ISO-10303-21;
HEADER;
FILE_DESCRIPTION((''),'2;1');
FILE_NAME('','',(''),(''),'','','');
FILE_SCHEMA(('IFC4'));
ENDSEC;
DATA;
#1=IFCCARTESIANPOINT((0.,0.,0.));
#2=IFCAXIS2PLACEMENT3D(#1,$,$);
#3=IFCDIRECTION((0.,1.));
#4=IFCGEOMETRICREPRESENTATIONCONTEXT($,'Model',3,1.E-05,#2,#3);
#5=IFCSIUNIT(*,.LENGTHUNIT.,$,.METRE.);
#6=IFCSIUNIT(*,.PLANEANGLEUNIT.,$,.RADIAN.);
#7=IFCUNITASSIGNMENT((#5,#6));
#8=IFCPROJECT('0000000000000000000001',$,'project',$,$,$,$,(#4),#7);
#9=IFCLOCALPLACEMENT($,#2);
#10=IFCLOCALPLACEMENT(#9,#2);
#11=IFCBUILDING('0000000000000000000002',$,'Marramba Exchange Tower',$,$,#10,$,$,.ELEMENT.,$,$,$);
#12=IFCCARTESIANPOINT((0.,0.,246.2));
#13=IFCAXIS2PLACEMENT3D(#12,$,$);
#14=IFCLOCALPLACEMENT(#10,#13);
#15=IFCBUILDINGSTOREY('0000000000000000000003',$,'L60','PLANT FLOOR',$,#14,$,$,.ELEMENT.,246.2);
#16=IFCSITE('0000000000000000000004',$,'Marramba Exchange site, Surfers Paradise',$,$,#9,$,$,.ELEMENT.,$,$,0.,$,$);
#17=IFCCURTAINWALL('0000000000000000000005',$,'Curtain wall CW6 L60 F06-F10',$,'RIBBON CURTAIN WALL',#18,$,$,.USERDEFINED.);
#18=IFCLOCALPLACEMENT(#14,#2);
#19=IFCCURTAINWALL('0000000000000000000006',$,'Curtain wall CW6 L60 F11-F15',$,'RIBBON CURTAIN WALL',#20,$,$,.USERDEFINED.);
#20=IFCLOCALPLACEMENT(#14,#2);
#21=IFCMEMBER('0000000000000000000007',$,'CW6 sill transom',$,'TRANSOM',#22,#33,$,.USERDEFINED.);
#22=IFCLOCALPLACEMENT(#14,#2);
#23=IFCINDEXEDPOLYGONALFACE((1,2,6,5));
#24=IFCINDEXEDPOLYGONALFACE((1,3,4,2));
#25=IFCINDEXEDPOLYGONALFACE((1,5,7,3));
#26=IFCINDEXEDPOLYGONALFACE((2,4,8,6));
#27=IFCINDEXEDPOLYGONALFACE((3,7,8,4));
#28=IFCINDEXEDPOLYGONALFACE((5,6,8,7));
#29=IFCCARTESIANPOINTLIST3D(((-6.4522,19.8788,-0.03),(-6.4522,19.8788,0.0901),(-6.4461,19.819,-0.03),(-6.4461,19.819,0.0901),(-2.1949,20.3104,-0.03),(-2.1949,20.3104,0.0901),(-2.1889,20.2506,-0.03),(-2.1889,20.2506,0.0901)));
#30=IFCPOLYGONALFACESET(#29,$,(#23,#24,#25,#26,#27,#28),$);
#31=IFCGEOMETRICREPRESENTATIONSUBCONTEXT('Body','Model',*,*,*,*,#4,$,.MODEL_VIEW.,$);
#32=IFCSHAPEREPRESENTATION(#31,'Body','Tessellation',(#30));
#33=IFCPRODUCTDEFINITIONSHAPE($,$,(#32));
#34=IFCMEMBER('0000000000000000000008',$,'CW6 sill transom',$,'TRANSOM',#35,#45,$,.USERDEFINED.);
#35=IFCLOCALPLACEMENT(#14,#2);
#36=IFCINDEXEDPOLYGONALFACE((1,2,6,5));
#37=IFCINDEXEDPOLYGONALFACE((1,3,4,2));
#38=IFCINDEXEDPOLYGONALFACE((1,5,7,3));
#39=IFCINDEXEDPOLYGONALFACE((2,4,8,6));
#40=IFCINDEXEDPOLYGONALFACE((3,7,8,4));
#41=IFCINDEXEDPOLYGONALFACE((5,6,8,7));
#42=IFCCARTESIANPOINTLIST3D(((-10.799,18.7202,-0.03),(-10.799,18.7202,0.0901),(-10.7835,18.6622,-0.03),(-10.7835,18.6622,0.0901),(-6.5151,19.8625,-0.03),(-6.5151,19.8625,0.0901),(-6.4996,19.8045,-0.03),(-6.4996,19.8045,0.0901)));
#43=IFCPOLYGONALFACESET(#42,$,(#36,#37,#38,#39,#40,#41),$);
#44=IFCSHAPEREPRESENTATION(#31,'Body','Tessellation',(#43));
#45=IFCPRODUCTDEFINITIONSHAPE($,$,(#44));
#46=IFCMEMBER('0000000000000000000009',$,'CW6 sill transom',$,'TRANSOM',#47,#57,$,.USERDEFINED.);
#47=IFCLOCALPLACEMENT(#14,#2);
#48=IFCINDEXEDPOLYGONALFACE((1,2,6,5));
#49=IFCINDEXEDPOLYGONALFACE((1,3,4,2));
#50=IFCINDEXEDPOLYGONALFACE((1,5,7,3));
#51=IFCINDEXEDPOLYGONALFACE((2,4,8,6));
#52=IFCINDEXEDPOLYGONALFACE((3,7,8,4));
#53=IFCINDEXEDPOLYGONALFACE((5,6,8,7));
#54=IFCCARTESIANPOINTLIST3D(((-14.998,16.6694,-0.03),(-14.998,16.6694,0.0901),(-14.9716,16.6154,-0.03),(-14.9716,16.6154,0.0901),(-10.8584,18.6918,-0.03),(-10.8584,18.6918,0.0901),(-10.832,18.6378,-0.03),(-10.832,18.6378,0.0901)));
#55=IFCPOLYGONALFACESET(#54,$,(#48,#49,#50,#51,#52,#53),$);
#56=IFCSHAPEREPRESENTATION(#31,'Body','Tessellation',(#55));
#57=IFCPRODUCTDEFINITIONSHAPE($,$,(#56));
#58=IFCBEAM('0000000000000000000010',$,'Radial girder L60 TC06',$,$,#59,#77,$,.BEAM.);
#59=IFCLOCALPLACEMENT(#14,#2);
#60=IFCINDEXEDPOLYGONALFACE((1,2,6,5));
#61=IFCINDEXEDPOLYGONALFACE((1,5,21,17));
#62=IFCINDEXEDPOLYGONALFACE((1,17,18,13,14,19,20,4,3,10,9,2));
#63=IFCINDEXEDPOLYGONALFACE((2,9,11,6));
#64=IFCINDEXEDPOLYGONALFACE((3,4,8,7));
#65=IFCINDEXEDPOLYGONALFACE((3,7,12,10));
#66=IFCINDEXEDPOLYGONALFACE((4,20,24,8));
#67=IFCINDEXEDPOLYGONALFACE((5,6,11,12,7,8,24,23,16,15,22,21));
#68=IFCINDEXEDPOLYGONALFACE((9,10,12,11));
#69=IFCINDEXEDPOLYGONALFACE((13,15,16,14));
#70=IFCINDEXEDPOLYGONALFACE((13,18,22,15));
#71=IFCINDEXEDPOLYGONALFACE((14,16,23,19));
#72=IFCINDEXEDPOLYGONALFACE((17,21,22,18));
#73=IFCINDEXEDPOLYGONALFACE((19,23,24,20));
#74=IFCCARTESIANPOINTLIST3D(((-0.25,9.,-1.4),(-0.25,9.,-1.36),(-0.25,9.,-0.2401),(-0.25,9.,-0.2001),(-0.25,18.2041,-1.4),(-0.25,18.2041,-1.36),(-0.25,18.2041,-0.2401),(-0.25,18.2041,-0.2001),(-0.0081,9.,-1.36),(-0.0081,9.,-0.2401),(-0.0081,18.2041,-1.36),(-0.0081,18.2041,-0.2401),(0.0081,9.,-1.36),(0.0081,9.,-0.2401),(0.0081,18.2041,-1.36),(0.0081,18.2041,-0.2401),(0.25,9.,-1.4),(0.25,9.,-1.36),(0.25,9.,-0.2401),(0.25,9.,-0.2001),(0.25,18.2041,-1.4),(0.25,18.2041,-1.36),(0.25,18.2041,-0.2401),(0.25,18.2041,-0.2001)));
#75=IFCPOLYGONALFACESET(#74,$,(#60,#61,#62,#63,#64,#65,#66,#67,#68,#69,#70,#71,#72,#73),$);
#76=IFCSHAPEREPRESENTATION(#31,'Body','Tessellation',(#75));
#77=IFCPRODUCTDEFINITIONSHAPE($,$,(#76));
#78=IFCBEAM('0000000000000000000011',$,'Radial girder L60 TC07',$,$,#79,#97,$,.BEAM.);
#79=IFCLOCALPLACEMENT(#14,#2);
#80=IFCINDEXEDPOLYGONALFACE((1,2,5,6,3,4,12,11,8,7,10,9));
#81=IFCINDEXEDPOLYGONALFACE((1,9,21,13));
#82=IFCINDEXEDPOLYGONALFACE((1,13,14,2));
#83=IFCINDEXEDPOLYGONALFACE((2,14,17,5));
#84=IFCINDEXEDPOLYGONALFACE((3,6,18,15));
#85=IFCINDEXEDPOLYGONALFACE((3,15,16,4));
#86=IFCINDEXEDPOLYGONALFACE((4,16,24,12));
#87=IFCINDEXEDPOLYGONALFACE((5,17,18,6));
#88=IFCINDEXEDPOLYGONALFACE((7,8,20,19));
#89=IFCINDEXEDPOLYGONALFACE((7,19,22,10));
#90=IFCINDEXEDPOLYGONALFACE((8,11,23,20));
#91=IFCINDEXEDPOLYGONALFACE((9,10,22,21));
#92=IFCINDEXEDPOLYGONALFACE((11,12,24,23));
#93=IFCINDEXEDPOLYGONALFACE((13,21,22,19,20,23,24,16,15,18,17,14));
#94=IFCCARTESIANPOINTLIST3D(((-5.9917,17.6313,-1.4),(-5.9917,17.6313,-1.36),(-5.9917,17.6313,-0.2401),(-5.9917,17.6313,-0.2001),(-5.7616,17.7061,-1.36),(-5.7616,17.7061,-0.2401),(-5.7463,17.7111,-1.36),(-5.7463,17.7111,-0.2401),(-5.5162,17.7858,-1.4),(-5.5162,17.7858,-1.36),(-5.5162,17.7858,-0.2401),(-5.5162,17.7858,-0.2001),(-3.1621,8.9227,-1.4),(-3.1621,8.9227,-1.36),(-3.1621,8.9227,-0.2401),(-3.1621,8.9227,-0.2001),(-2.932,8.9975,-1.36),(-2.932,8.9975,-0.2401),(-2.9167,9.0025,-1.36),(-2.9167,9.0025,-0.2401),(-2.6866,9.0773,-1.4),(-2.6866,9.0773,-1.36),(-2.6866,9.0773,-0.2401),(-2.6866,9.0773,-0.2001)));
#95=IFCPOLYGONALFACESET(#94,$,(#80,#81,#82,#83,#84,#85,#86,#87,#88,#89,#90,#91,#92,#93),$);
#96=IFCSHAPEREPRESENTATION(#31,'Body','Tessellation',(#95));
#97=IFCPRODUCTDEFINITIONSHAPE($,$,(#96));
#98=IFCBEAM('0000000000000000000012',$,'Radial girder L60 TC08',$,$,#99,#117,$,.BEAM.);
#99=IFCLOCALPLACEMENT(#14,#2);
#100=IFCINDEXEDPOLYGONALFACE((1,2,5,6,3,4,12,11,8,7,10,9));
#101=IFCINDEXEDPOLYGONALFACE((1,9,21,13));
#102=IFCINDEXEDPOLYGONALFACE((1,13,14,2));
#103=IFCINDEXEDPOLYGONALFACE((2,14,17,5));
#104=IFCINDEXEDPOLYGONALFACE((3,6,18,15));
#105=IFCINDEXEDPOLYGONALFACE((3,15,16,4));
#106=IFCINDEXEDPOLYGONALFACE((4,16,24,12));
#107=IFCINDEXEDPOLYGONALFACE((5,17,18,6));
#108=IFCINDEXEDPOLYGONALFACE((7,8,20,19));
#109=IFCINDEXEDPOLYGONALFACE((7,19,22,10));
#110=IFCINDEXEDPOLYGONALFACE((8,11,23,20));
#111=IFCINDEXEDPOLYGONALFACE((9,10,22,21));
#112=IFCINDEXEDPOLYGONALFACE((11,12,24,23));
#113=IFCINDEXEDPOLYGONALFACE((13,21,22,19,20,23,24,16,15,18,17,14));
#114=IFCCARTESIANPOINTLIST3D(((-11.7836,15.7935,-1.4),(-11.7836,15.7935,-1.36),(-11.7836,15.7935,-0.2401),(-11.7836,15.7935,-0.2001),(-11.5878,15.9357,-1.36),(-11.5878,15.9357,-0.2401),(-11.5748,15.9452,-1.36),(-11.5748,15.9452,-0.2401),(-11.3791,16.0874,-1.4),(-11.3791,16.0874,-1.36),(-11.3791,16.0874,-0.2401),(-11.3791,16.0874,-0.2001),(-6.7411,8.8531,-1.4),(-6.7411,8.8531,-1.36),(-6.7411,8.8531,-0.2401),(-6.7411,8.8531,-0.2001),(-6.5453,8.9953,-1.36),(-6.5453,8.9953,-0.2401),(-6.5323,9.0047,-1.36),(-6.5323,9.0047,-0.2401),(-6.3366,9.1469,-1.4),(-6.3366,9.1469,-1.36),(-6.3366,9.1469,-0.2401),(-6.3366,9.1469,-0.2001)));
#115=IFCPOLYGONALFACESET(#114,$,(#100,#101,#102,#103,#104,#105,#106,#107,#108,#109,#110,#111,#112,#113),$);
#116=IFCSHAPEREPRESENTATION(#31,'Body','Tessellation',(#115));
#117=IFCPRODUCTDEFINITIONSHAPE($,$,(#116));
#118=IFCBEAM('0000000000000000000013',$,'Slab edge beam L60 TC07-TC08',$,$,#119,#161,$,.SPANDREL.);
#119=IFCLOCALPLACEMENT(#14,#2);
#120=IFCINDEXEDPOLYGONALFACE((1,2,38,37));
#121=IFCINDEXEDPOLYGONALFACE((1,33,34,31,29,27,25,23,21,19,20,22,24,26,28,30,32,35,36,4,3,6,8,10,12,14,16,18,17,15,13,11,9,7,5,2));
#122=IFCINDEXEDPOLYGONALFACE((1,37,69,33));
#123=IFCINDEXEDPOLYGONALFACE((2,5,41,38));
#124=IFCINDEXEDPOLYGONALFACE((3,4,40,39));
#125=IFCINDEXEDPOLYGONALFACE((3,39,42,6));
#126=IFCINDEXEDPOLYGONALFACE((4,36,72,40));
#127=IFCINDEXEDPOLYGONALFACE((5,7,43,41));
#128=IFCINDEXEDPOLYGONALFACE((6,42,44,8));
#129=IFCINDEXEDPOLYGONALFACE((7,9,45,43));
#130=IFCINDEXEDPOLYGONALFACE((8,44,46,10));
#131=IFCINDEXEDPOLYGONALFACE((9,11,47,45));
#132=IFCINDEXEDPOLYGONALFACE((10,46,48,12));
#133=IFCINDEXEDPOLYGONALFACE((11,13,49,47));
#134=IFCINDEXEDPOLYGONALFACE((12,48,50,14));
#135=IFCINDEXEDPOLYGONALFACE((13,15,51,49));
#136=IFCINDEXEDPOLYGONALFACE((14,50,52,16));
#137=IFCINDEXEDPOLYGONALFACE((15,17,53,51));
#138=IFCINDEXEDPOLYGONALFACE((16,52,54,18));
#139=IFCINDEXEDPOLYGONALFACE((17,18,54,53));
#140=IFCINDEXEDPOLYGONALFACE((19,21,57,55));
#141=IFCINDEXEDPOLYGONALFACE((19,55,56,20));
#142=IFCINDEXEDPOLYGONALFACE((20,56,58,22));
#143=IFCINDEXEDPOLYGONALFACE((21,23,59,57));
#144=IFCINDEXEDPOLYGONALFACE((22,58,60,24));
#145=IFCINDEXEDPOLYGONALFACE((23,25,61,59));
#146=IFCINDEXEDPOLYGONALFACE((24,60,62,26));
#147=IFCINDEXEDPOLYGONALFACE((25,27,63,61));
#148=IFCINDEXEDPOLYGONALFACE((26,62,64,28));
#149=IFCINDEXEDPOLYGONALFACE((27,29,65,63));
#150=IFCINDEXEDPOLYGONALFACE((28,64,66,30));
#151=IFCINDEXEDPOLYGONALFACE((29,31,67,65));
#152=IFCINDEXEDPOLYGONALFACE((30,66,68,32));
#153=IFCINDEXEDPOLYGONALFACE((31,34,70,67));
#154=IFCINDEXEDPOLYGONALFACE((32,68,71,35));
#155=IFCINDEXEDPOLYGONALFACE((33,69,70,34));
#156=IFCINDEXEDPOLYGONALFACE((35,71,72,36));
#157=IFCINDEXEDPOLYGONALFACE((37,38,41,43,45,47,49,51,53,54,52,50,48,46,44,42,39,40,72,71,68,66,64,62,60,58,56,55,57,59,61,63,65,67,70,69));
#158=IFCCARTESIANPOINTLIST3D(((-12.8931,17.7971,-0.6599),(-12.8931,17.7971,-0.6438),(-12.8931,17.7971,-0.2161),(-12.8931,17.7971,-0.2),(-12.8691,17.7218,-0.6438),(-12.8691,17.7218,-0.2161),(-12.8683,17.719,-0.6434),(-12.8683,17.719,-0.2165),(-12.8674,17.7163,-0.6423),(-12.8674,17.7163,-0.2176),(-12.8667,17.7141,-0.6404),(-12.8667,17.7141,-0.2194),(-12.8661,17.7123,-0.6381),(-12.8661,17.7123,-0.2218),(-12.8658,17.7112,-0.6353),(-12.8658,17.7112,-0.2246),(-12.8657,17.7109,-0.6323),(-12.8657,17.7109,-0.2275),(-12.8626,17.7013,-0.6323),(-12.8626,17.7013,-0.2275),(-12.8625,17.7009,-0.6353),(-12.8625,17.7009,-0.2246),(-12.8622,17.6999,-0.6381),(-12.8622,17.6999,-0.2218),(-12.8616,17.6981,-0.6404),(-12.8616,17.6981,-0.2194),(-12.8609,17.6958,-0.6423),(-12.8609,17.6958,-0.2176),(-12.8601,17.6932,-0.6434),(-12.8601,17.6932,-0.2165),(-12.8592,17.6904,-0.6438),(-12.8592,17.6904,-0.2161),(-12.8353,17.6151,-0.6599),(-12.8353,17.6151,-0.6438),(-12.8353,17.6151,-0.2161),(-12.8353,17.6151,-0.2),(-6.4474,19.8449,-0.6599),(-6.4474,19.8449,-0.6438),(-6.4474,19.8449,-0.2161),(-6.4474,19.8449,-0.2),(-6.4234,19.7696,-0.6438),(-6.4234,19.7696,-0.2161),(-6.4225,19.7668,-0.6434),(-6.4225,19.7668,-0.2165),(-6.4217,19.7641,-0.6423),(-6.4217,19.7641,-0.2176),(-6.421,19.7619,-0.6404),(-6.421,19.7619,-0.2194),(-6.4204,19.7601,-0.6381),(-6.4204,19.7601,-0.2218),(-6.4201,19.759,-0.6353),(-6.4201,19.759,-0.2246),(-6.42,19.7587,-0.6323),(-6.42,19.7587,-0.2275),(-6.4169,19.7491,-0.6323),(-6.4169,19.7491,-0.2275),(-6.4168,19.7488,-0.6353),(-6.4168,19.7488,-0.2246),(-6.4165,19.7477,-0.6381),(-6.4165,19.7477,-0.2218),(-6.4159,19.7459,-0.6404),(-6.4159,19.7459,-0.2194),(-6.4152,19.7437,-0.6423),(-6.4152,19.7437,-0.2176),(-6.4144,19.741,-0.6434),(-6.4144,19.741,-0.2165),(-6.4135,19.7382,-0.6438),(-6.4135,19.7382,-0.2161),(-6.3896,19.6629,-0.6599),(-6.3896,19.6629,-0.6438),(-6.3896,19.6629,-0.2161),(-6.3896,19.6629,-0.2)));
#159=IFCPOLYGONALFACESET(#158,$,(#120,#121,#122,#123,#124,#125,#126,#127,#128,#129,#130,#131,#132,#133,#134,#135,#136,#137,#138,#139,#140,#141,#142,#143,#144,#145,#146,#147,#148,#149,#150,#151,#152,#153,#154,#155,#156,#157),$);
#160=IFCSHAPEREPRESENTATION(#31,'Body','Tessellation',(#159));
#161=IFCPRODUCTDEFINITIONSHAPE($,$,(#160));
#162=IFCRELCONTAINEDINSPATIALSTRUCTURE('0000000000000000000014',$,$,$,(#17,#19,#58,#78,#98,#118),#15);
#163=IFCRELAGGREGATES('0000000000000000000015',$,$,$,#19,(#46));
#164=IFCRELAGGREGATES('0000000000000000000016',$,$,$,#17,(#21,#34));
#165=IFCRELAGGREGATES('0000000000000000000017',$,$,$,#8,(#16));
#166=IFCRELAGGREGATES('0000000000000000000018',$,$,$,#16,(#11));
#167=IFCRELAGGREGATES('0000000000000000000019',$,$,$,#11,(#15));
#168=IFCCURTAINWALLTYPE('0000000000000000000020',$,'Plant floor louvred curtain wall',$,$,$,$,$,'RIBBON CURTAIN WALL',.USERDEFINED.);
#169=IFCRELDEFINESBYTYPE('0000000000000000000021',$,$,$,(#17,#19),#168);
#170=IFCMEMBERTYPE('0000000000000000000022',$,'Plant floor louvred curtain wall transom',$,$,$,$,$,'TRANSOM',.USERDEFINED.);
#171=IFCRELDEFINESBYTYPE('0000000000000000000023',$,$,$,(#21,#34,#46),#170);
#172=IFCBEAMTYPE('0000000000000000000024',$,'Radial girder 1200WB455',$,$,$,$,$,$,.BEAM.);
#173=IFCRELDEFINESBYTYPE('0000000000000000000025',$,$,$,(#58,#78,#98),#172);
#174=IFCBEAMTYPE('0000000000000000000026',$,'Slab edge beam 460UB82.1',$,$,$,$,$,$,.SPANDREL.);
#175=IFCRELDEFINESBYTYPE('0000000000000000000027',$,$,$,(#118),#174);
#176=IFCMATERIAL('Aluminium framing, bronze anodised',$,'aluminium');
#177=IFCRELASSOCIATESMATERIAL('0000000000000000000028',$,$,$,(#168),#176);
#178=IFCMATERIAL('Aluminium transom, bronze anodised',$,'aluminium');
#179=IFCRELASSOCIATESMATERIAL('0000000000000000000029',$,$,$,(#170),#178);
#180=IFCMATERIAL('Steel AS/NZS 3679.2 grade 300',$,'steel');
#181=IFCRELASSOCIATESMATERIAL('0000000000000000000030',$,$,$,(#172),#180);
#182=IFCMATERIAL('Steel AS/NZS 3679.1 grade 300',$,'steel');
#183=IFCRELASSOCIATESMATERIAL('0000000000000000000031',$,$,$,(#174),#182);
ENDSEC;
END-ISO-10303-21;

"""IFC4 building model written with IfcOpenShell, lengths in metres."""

from ifc_helpers import new_model, si_unit, direction, frame, origin, origin_2d, place, context, subcontext, project, spatial, rectangle, i_section, extrude, material, material_profile, profile_set, type_object, element, aggregate, save


model = new_model("IFC4")

# Units and contexts
model_context = context("Model", 3, precision=1e-05, world=origin(), true_north=direction((0.0, 1.0)))
body_context = subcontext(model_context, "Body", "Model", "MODEL_VIEW")
ifc_project = project(units=[si_unit("LENGTHUNIT", "METRE"), si_unit("PLANEANGLEUNIT", "RADIAN")], contexts=[model_context])

# Site, building, storey
site_placement = place(None, origin())
site = spatial("IfcSite", under=ifc_project, at=site_placement, Name="Marramba Exchange site, Surfers Paradise", CompositionType="ELEMENT", RefElevation=0.0)
building_placement = place(site_placement, origin())
building = spatial("IfcBuilding", under=site, at=building_placement, Name="Marramba Exchange Tower", CompositionType="ELEMENT")
storey_placement = place(building_placement, frame((0.0, 0.0, 246.2)))
storey = spatial("IfcBuildingStorey", under=building, at=storey_placement, Name="L60", Description="PLANT FLOOR", CompositionType="ELEMENT", Elevation=246.2)

# Shared definitions
ifc_material_1 = material(Name="Steel AS/NZS 3679.2 grade 300", Category="steel")

# Shared definitions
ifc_material_2 = material(Name="Steel AS/NZS 3679.1 grade 300", Category="steel")

# Curtain wall
ifc_material_3 = material(Name="Aluminium framing, bronze anodised", Category="aluminium")
curtain_wall_type = type_object("IfcCurtainWallType", Name="Plant floor louvred curtain wall", ElementType="RIBBON CURTAIN WALL", PredefinedType="USERDEFINED", material=ifc_material_3)
curtain_wall_1_placement = place(storey_placement, origin())
curtain_wall_1 = element("IfcCurtainWall", 1, at=curtain_wall_1_placement, inside=storey, type_object=curtain_wall_type, Name="Curtain wall CW6 L60 F06-F10", ObjectType="RIBBON CURTAIN WALL", PredefinedType="USERDEFINED")

# Curtain wall
curtain_wall_2_placement = place(storey_placement, origin())
curtain_wall_2 = element("IfcCurtainWall", 2, at=curtain_wall_2_placement, inside=storey, type_object=curtain_wall_type, Name="Curtain wall CW6 L60 F11-F15", ObjectType="RIBBON CURTAIN WALL", PredefinedType="USERDEFINED")

# Members
ifc_material_4 = material(Name="Aluminium transom, bronze anodised", Category="aluminium")
ifc_material_profile_1 = material_profile(ifc_material_4, rectangle(XDim=0.0601, YDim=0.1201, at=origin_2d()), Name="CW6 transom 60x120")
ifc_profile_set_1 = profile_set([ifc_material_profile_1], Name="Aluminium transom, bronze anodised")
member_type_1 = type_object("IfcMemberType", Name="Plant floor louvred curtain wall transom", ElementType="TRANSOM", PredefinedType="USERDEFINED", material=ifc_profile_set_1)
member_1_placement = place(storey_placement, frame((-2.1919, 20.2805, 0.03), z_axis=(-0.9949, -0.100871, 0.0), x_axis=(0.100871, -0.9949, 0.0)))
member_1 = element("IfcMember", 3, at=member_1_placement, type_object=member_type_1, Name="CW6 sill transom", ObjectType="TRANSOM", PredefinedType="USERDEFINED", context=body_context, shape_type="SweptSolid", body=[
    extrude(rectangle(XDim=0.0601, YDim=0.1201, at=origin_2d()), origin(), (0.0, 0.0, 1.0), 4.2791),
])
member_2_placement = place(storey_placement, frame((-6.5073, 19.8335, 0.03), z_axis=(-0.966238, -0.257652, 0.0), x_axis=(0.257652, -0.966238, 0.0)))
member_2 = element("IfcMember", 4, at=member_2_placement, type_object=member_type_1, Name="CW6 sill transom", ObjectType="TRANSOM", PredefinedType="USERDEFINED", context=body_context, shape_type="SweptSolid", body=[
    extrude(rectangle(XDim=0.0601, YDim=0.1201, at=origin_2d()), origin(), (0.0, 0.0, 1.0), 4.4336),
])
member_3_placement = place(storey_placement, frame((-10.8452, 18.6648, 0.03), z_axis=(-0.898501, -0.438971, 0.0), x_axis=(0.438971, -0.898501, 0.0)))
member_3 = element("IfcMember", 5, at=member_3_placement, type_object=member_type_1, Name="CW6 sill transom", ObjectType="TRANSOM", PredefinedType="USERDEFINED", context=body_context, shape_type="SweptSolid", body=[
    extrude(rectangle(XDim=0.0601, YDim=0.1201, at=origin_2d()), origin(), (0.0, 0.0, 1.0), 4.6072),
])
aggregate(curtain_wall_2, [member_3])

# Beams
ifc_material_profile_2 = material_profile(ifc_material_1, i_section(OverallWidth=0.5, OverallDepth=1.2, WebThickness=0.0161, FlangeThickness=0.04, at=origin_2d()), Name="1200WB455")
ifc_profile_set_2 = profile_set([ifc_material_profile_2], Name="Steel AS/NZS 3679.2 grade 300")
beam_type_1 = type_object("IfcBeamType", Name="Radial girder 1200WB455", PredefinedType="BEAM", material=ifc_profile_set_2)
beam_1_placement = place(storey_placement, frame((0.0, 9.0, -0.8), z_axis=(0.0, 1.0, 0.0), x_axis=(-1.0, 0.0, 0.0)))
element("IfcBeam", 6, at=beam_1_placement, inside=storey, type_object=beam_type_1, Name="Radial girder L60 TC06", PredefinedType="BEAM", context=body_context, shape_type="SweptSolid", body=[
    extrude(i_section(OverallWidth=0.5, OverallDepth=1.2, WebThickness=0.0161, FlangeThickness=0.04, at=origin_2d()), origin(), (0.0, 0.0, 1.0), 9.2041),
])
beam_2_placement = place(storey_placement, frame((-2.9243, 9.0, -0.8), z_axis=(-0.30902, 0.951056, 0.0), x_axis=(-0.951056, -0.30902, 0.0)))
element("IfcBeam", 7, at=beam_2_placement, inside=storey, type_object=beam_type_1, Name="Radial girder L60 TC07", PredefinedType="BEAM", context=body_context, shape_type="SweptSolid", body=[
    extrude(i_section(OverallWidth=0.5, OverallDepth=1.2, WebThickness=0.0161, FlangeThickness=0.04, at=origin_2d()), origin(), (0.0, 0.0, 1.0), 9.1567),
])
beam_3_placement = place(storey_placement, frame((-6.5388, 9.0, -0.8), z_axis=(-0.587782, 0.809019, 0.0), x_axis=(-0.809019, -0.587782, 0.0)))
element("IfcBeam", 8, at=beam_3_placement, inside=storey, type_object=beam_type_1, Name="Radial girder L60 TC08", PredefinedType="BEAM", context=body_context, shape_type="SweptSolid", body=[
    extrude(i_section(OverallWidth=0.5, OverallDepth=1.2, WebThickness=0.0161, FlangeThickness=0.04, at=origin_2d()), origin(), (0.0, 0.0, 1.0), 8.5789),
])
ifc_material_profile_3 = material_profile(ifc_material_2, i_section(OverallWidth=0.1909, OverallDepth=0.46, WebThickness=0.01, FlangeThickness=0.0161, FilletRadius=0.0115, at=origin_2d()), Name="460UB82.1")
ifc_profile_set_3 = profile_set([ifc_material_profile_3], Name="Steel AS/NZS 3679.1 grade 300")
beam_type_2 = type_object("IfcBeamType", Name="Slab edge beam 460UB82.1", PredefinedType="SPANDREL", material=ifc_profile_set_3)
beam_4_placement = place(storey_placement, frame((-6.4185, 19.7539, -0.4299), z_axis=(-0.953057, -0.302789, 0.0), x_axis=(0.302789, -0.953057, 0.0)))
element("IfcBeam", 9, at=beam_4_placement, inside=storey, type_object=beam_type_2, Name="Slab edge beam L60 TC07-TC08", PredefinedType="SPANDREL", context=body_context, shape_type="SweptSolid", body=[
    extrude(i_section(OverallWidth=0.1909, OverallDepth=0.46, WebThickness=0.01, FlangeThickness=0.0161, FilletRadius=0.0115, at=origin_2d()), origin(), (0.0, 0.0, 1.0), 6.7632),
])

aggregate(curtain_wall_1, [member_1, member_2])

save(model, "model.ifc")
